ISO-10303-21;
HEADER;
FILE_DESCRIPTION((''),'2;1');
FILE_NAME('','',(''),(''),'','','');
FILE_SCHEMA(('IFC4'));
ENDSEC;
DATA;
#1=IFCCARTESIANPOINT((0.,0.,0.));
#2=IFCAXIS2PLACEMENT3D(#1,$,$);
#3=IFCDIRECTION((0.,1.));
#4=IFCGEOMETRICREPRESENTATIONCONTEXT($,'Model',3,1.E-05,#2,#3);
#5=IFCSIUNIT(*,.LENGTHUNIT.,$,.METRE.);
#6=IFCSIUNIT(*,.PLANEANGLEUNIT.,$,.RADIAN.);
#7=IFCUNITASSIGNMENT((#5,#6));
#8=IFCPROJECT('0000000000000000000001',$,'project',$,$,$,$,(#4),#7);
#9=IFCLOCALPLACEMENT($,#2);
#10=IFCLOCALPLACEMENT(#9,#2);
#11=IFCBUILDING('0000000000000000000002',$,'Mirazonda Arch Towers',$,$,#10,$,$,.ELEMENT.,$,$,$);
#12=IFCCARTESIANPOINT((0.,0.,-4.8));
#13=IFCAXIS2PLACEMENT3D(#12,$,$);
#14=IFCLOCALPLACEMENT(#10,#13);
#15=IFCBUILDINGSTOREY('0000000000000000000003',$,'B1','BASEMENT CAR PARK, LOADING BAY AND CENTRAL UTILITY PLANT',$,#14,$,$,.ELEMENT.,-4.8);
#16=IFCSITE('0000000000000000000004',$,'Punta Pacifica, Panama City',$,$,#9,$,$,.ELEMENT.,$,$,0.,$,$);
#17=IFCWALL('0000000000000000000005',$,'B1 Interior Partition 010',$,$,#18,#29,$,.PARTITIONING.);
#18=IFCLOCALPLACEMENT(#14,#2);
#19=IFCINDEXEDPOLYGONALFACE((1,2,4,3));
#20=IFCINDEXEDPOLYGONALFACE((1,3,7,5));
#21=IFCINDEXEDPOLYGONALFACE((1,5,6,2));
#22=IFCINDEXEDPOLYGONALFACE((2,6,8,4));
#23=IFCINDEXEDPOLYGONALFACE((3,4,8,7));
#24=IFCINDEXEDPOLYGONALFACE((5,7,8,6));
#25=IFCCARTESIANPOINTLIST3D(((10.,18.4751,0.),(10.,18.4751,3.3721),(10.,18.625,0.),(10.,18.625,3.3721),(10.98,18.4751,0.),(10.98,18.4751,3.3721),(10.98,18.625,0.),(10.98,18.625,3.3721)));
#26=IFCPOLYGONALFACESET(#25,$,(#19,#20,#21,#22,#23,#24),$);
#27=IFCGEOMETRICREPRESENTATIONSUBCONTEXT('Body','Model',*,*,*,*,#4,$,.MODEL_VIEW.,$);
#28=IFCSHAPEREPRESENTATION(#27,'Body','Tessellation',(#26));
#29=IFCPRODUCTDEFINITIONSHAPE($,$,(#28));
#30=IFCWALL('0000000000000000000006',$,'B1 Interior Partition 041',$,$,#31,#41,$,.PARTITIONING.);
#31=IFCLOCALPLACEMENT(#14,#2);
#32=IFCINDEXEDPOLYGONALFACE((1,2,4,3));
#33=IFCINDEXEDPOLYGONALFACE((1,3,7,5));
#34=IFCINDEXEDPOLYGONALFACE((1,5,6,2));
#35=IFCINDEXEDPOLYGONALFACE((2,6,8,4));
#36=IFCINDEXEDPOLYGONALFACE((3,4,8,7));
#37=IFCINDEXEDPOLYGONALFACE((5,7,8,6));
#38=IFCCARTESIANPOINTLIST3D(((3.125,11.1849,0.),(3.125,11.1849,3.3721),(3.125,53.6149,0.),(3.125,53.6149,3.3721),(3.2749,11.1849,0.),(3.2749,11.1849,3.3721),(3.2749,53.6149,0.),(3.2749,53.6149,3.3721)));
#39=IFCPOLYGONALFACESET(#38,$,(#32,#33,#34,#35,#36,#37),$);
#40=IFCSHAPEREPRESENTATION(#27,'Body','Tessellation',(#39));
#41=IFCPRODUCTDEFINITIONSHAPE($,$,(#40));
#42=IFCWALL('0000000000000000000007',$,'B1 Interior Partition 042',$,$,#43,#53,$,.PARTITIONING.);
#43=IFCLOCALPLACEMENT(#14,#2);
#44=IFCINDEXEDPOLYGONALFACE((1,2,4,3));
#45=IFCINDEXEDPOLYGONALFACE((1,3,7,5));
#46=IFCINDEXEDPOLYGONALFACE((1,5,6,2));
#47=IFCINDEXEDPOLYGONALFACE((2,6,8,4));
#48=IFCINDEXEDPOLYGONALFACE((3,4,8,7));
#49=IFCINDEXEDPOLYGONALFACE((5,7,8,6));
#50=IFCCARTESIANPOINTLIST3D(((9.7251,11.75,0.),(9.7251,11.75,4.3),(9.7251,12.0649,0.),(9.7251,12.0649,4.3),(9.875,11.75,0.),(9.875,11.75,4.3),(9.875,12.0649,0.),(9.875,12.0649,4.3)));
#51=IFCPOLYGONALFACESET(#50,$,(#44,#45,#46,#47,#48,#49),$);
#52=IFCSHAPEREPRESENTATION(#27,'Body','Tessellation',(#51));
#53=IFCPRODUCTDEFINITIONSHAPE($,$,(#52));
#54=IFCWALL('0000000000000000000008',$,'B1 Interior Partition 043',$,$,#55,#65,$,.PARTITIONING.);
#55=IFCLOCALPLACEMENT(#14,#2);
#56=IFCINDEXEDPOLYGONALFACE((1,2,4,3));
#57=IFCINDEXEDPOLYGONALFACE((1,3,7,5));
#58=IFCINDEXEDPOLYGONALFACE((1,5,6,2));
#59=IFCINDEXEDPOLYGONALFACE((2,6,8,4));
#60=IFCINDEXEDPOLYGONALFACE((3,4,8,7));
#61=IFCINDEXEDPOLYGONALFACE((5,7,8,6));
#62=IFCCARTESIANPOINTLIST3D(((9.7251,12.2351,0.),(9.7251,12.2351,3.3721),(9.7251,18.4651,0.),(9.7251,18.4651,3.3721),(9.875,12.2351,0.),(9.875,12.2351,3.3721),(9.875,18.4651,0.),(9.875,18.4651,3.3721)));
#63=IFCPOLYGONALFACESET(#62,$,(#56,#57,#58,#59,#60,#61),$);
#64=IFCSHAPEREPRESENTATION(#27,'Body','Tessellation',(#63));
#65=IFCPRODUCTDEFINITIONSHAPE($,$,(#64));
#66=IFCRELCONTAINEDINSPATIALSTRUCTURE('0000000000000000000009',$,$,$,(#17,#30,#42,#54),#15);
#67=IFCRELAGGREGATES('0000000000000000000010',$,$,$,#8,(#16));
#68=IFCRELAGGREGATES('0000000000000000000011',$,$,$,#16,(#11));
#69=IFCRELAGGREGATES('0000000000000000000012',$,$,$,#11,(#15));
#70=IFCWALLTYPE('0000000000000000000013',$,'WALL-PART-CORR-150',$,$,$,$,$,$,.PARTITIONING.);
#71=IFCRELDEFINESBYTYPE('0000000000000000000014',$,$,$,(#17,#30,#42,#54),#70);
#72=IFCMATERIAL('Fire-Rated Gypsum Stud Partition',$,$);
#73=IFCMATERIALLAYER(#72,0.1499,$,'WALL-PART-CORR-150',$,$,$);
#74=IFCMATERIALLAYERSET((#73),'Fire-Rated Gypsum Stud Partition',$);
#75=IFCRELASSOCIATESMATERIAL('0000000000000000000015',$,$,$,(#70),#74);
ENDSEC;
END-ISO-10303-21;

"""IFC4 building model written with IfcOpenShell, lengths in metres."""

from ifc_helpers import new_model, si_unit, direction, frame, frame_2d, origin, place, context, subcontext, project, spatial, rectangle, extrude, material, layer, layer_set, type_object, element, save


model = new_model("IFC4")

# Units and contexts
model_context = context("Model", 3, precision=1e-05, world=origin(), true_north=direction((0.0, 1.0)))
body_context = subcontext(model_context, "Body", "Model", "MODEL_VIEW")
ifc_project = project(units=[si_unit("LENGTHUNIT", "METRE"), si_unit("PLANEANGLEUNIT", "RADIAN")], contexts=[model_context])

# Site, building, storey
site_placement = place(None, origin())
site = spatial("IfcSite", under=ifc_project, at=site_placement, Name="Punta Pacifica, Panama City", CompositionType="ELEMENT", RefElevation=0.0)
building_placement = place(site_placement, origin())
building = spatial("IfcBuilding", under=site, at=building_placement, Name="Mirazonda Arch Towers", CompositionType="ELEMENT")
storey_placement = place(building_placement, frame((0.0, 0.0, -4.8)))
storey = spatial("IfcBuildingStorey", under=building, at=storey_placement, Name="B1", Description="BASEMENT CAR PARK, LOADING BAY AND CENTRAL UTILITY PLANT", CompositionType="ELEMENT", Elevation=-4.8)

# Walls
ifc_material_1 = material(Name="Fire-Rated Gypsum Stud Partition")
ifc_layer_1 = layer(ifc_material_1, 0.1499, Name="WALL-PART-CORR-150")
ifc_layer_set_1 = layer_set([ifc_layer_1], Name="Fire-Rated Gypsum Stud Partition")
wall_type_1 = type_object("IfcWallType", Name="WALL-PART-CORR-150", PredefinedType="PARTITIONING", material=ifc_layer_set_1)
wall_1_placement = place(storey_placement, frame((10.0, 18.55, 0.0), z_axis=(0.0, 0.0, 1.0), x_axis=(1.0, 0.0, 0.0)))
element("IfcWall", 1, at=wall_1_placement, inside=storey, type_object=wall_type_1, Name="B1 Interior Partition 010", PredefinedType="PARTITIONING", context=body_context, shape_type="SweptSolid", body=[
    extrude(rectangle(XDim=0.98, YDim=0.1499, at=frame_2d((0.49, 0.0))), origin(), (0.0, 0.0, 1.0), 3.3721),
])
wall_2_placement = place(storey_placement, frame((3.2, 11.1851, 0.0), z_axis=(0.0, 0.0, 1.0), x_axis=(0.0, 1.0, 0.0)))
element("IfcWall", 2, at=wall_2_placement, inside=storey, type_object=wall_type_1, Name="B1 Interior Partition 041", PredefinedType="PARTITIONING", context=body_context, shape_type="SweptSolid", body=[
    extrude(rectangle(XDim=42.4299, YDim=0.1499, at=frame_2d((21.2148, 0.0))), origin(), (0.0, 0.0, 1.0), 3.3721),
])
wall_3_placement = place(storey_placement, frame((9.8, 11.75, 0.0), z_axis=(0.0, 0.0, 1.0), x_axis=(0.0, 1.0, 0.0)))
element("IfcWall", 3, at=wall_3_placement, inside=storey, type_object=wall_type_1, Name="B1 Interior Partition 042", PredefinedType="PARTITIONING", context=body_context, shape_type="SweptSolid", body=[
    extrude(rectangle(XDim=0.3149, YDim=0.1499, at=frame_2d((0.1575, 0.0))), origin(), (0.0, 0.0, 1.0), 4.3),
])
wall_4_placement = place(storey_placement, frame((9.8, 12.2351, 0.0), z_axis=(0.0, 0.0, 1.0), x_axis=(0.0, 1.0, 0.0)))
element("IfcWall", 4, at=wall_4_placement, inside=storey, type_object=wall_type_1, Name="B1 Interior Partition 043", PredefinedType="PARTITIONING", context=body_context, shape_type="SweptSolid", body=[
    extrude(rectangle(XDim=6.23, YDim=0.1499, at=frame_2d((3.115, 0.0))), origin(), (0.0, 0.0, 1.0), 3.3721),
])

save(model, "model.ifc")
